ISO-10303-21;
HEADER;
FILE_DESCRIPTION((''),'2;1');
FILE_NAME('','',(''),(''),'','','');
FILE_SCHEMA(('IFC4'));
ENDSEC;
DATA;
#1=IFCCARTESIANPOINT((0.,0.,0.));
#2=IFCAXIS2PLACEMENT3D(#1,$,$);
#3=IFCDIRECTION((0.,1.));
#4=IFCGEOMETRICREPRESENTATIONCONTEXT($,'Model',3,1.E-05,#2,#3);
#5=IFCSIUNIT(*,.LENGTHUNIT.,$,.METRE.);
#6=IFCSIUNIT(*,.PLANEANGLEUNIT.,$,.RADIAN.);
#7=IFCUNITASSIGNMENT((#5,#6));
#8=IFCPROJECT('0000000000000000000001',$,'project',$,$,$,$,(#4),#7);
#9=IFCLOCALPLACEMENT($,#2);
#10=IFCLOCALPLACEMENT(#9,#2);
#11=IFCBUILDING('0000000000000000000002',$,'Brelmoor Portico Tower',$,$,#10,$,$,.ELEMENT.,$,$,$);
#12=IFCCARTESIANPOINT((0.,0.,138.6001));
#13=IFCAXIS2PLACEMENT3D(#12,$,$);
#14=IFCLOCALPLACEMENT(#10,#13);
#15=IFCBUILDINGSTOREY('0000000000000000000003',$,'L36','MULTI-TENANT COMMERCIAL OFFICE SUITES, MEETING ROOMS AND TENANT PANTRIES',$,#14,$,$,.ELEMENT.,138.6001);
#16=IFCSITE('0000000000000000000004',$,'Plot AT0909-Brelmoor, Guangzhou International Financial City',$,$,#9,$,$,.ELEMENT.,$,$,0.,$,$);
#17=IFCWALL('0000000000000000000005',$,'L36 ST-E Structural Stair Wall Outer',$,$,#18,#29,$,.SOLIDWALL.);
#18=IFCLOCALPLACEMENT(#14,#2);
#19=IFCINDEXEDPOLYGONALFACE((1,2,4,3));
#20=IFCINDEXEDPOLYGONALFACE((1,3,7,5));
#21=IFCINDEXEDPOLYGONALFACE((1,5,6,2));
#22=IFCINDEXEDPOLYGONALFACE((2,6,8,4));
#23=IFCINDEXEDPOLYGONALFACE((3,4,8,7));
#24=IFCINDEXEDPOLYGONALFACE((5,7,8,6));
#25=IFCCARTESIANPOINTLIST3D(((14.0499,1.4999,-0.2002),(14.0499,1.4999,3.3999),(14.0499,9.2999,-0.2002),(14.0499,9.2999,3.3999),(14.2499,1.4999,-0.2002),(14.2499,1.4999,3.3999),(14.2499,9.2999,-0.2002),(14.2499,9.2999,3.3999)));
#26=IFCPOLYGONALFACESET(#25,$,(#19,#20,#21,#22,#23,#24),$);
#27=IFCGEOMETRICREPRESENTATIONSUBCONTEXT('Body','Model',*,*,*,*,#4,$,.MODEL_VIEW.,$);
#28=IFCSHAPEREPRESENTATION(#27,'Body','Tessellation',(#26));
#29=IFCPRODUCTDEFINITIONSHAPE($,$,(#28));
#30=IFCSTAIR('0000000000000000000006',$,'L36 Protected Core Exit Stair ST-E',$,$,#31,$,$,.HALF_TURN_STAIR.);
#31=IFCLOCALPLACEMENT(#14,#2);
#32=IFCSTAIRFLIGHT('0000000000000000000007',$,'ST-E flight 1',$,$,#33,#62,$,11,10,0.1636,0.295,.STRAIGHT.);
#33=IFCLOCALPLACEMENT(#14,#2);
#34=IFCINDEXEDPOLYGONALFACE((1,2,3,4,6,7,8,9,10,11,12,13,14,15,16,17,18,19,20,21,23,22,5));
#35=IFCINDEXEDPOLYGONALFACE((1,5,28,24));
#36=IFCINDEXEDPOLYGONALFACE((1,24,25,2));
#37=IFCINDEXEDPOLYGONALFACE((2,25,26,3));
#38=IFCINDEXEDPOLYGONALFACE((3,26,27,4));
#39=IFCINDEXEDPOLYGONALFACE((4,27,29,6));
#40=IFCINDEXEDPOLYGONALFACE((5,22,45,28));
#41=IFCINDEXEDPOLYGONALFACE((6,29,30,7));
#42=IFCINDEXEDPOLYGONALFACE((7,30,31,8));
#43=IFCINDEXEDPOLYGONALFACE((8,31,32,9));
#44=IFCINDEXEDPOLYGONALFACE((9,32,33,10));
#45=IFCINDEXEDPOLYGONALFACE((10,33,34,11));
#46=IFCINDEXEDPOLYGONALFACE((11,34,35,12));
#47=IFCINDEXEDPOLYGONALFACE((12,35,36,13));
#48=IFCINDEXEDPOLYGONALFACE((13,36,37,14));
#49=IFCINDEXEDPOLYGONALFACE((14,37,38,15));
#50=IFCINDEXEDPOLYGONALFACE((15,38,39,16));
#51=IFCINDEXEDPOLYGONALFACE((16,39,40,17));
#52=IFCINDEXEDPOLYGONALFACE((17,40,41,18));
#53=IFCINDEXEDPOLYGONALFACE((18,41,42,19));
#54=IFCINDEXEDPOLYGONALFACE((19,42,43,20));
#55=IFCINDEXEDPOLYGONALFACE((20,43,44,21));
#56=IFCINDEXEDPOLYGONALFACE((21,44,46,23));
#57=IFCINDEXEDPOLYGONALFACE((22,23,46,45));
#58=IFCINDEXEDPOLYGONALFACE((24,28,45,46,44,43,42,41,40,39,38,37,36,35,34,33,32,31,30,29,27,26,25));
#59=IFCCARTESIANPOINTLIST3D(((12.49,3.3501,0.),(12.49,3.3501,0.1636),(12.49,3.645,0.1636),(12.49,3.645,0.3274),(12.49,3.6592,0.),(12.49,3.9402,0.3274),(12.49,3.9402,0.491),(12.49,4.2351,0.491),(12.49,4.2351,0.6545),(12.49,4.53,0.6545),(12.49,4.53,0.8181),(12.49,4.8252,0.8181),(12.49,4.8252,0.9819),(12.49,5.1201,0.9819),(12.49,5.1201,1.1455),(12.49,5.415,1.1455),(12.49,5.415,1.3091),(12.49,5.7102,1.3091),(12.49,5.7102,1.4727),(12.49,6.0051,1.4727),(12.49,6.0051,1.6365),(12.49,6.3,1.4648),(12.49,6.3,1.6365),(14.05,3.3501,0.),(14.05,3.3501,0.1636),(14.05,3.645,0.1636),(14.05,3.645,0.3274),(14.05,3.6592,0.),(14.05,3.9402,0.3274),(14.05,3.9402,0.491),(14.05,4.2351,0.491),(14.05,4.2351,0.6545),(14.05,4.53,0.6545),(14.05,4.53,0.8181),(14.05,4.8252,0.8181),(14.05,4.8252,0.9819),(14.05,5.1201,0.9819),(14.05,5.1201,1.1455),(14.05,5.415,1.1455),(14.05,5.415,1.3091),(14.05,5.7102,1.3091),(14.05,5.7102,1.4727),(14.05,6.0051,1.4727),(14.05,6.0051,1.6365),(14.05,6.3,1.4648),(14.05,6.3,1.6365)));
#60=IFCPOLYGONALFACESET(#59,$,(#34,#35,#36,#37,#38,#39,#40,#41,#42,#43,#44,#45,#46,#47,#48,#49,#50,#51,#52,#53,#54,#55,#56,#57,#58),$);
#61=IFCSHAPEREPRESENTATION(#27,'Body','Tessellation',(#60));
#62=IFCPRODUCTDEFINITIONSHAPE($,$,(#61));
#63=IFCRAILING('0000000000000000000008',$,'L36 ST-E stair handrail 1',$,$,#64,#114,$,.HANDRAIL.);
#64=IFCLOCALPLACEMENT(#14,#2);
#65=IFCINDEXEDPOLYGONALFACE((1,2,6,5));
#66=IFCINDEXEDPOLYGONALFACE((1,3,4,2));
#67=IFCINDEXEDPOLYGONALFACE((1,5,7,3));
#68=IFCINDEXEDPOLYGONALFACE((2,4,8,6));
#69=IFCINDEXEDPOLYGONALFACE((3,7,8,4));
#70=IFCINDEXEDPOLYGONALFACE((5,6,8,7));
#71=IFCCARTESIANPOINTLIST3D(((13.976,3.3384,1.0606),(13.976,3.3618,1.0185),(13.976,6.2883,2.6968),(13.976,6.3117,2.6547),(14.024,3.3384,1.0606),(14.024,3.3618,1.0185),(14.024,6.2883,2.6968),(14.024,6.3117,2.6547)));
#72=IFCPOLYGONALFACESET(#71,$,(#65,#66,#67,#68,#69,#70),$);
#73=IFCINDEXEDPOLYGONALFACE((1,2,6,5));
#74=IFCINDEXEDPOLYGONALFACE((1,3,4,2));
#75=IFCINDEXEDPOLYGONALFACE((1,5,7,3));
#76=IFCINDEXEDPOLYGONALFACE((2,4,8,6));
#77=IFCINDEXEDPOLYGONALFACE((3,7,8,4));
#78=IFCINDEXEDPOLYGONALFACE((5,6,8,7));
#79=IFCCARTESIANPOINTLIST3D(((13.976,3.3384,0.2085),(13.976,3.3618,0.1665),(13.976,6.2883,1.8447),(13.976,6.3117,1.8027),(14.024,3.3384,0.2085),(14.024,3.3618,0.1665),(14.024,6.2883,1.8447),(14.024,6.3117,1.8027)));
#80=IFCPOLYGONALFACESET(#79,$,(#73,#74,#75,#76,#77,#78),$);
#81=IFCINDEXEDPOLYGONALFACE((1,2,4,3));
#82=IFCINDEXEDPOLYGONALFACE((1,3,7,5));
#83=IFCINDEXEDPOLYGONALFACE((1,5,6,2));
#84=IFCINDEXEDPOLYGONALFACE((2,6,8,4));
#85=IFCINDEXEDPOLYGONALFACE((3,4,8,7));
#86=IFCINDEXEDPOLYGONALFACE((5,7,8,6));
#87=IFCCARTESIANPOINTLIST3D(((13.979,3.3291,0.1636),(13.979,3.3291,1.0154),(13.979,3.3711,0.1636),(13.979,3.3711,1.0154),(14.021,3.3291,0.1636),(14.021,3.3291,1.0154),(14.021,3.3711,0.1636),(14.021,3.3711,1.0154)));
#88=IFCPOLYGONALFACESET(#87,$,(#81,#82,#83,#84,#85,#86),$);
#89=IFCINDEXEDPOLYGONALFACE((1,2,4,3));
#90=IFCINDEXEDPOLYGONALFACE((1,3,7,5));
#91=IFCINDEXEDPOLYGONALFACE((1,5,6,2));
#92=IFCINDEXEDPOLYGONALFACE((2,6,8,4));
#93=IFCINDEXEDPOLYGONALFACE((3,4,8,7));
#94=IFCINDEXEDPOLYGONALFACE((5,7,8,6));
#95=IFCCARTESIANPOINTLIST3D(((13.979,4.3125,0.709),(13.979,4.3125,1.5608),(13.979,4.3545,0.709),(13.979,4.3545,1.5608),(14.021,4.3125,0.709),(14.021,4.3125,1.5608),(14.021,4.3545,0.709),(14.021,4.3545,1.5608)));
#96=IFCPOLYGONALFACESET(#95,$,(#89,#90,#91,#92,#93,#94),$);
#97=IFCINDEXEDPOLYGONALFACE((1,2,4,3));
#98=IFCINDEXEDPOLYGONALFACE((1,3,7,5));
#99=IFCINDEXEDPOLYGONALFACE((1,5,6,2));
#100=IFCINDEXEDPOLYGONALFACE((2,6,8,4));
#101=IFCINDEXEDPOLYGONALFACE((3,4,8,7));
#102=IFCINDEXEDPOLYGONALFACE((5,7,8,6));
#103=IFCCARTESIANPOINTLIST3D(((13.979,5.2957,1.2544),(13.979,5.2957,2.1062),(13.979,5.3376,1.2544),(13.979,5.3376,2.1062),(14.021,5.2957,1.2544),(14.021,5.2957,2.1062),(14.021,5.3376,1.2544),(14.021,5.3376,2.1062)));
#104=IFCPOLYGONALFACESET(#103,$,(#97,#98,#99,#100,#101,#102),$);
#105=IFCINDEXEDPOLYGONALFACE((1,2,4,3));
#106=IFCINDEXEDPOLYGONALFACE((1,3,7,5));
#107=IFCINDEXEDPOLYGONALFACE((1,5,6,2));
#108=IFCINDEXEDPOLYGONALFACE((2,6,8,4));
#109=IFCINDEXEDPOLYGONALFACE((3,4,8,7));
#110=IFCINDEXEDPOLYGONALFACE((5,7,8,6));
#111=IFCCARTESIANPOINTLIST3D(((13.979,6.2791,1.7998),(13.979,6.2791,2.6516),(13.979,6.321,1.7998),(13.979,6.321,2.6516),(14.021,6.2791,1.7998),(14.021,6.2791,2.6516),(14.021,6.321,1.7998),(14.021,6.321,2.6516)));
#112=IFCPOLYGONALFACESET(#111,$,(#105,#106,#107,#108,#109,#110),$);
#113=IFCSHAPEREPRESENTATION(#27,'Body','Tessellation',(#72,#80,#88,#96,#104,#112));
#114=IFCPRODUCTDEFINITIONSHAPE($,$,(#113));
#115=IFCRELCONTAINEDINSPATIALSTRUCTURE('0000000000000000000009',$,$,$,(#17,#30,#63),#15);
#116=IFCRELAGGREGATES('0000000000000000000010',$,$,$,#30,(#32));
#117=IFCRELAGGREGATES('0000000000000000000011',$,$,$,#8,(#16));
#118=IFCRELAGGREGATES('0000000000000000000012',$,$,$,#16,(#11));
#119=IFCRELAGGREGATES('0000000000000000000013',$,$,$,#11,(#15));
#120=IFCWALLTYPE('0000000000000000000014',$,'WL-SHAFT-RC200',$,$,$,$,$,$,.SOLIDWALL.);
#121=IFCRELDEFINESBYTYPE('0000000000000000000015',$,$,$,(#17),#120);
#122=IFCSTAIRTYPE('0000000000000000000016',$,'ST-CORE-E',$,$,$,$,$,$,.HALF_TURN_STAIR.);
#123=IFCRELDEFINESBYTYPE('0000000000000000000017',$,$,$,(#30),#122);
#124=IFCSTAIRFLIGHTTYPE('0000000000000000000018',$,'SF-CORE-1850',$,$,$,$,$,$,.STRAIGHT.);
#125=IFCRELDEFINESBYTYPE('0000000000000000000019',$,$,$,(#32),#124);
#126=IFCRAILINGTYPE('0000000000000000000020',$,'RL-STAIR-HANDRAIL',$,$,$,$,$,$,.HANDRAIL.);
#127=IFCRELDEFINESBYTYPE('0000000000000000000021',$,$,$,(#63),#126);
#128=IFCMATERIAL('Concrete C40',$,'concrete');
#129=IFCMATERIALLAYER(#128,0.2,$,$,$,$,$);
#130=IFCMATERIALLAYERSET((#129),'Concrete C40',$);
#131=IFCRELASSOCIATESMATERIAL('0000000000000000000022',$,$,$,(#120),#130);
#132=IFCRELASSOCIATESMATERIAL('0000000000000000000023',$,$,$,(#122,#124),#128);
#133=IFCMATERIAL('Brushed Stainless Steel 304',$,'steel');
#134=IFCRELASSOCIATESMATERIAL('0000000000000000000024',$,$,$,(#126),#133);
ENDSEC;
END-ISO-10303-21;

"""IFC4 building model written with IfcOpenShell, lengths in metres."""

from ifc_helpers import new_model, si_unit, direction, frame, frame_2d, origin, origin_2d, place, context, subcontext, project, spatial, polyline, rectangle, outline, extrude, material, layer, layer_set, type_object, element, aggregate, save


model = new_model("IFC4")

# Units and contexts
model_context = context("Model", 3, precision=1e-05, world=origin(), true_north=direction((0.0, 1.0)))
body_context = subcontext(model_context, "Body", "Model", "MODEL_VIEW")
ifc_project = project(units=[si_unit("LENGTHUNIT", "METRE"), si_unit("PLANEANGLEUNIT", "RADIAN")], contexts=[model_context])

# Site, building, storey
site_placement = place(None, origin())
site = spatial("IfcSite", under=ifc_project, at=site_placement, Name="Plot AT0909-Brelmoor, Guangzhou International Financial City", CompositionType="ELEMENT", RefElevation=0.0)
building_placement = place(site_placement, origin())
building = spatial("IfcBuilding", under=site, at=building_placement, Name="Brelmoor Portico Tower", CompositionType="ELEMENT")
storey_placement = place(building_placement, frame((0.0, 0.0, 138.6001)))
storey = spatial("IfcBuildingStorey", under=building, at=storey_placement, Name="L36", Description="MULTI-TENANT COMMERCIAL OFFICE SUITES, MEETING ROOMS AND TENANT PANTRIES", CompositionType="ELEMENT", Elevation=138.6001)

# Wall
ifc_material_1 = material(Name="Concrete C40", Category="concrete")
ifc_layer_1 = layer(ifc_material_1, 0.2)
ifc_layer_set_1 = layer_set([ifc_layer_1], Name="Concrete C40")
wall_type_1 = type_object("IfcWallType", Name="WL-SHAFT-RC200", PredefinedType="SOLIDWALL", material=ifc_layer_set_1)
wall_1_placement = place(storey_placement, frame((14.1499, 1.5, -0.2002), z_axis=(0.0, 0.0, 1.0), x_axis=(0.0, 1.0, 0.0)))
element("IfcWall", 1, at=wall_1_placement, inside=storey, type_object=wall_type_1, Name="L36 ST-E Structural Stair Wall Outer", PredefinedType="SOLIDWALL", context=body_context, shape_type="SweptSolid", body=[
    extrude(rectangle(XDim=7.8, YDim=0.2, at=frame_2d((3.8999, 0.0))), origin(), (0.0, 0.0, 1.0), 3.6001),
])

# Stair, stair flight
stair_type = type_object("IfcStairType", Name="ST-CORE-E", PredefinedType="HALF_TURN_STAIR", material=ifc_material_1)
stair_placement = place(storey_placement, origin())
stair = element("IfcStair", 2, at=stair_placement, inside=storey, type_object=stair_type, Name="L36 Protected Core Exit Stair ST-E", PredefinedType="HALF_TURN_STAIR")
stair_flight_type = type_object("IfcStairFlightType", Name="SF-CORE-1850", PredefinedType="STRAIGHT", material=ifc_material_1)
stair_flight_placement = place(storey_placement, frame((13.27, 3.3501, 0.0), z_axis=(0.0, 0.0, 1.0), x_axis=(0.0, 1.0, 0.0)))
stair_flight = element("IfcStairFlight", 3, at=stair_flight_placement, type_object=stair_flight_type, Name="ST-E flight 1", NumberOfRisers=11, NumberOfTreads=10, PredefinedType="STRAIGHT", RiserHeight=0.1636, TreadLength=0.295, context=body_context, shape_type="SweptSolid", body=[
    extrude(outline(polyline([(0.0, 0.0), (0.0, 0.1636), (0.2949, 0.1636), (0.2949, 0.3274), (0.5901, 0.3274), (0.5901, 0.491), (0.885, 0.491), (0.885, 0.6545), (1.1799, 0.6545), (1.1799, 0.8181), (1.4751, 0.8181), (1.4751, 0.9819), (1.77, 0.9819), (1.77, 1.1455), (2.0649, 1.1455), (2.0649, 1.3091), (2.3601, 1.3091), (2.3601, 1.4727), (2.655, 1.4727), (2.655, 1.6365), (2.95, 1.6365), (2.95, 1.8), (2.95, 1.4648), (0.3091, 0.0), (0.0, 0.0)])), frame((0.0, 0.78, 0.0), z_axis=(0.0, -1.0, 0.0), x_axis=(1.0, 0.0, 0.0)), (0.0, 0.0, 1.0), 1.5601),
])
aggregate(stair, [stair_flight])

# Railing
ifc_material_2 = material(Name="Brushed Stainless Steel 304", Category="steel")
railing_type = type_object("IfcRailingType", Name="RL-STAIR-HANDRAIL", PredefinedType="HANDRAIL", material=ifc_material_2)
railing_placement = place(storey_placement, frame((14.0, 3.3501, 0.1636)))
element("IfcRailing", 4, at=railing_placement, inside=storey, type_object=railing_type, Name="L36 ST-E stair handrail 1", PredefinedType="HANDRAIL", context=body_context, shape_type="SweptSolid", body=[
    extrude(rectangle(XDim=0.0481, YDim=0.0481, at=origin_2d()), frame((0.0, 0.0, 0.876), z_axis=(0.0, 0.874488, 0.485047), x_axis=(-1.0, 0.0, 0.0)), (0.0, 0.0, 1.0), 3.3733),
    extrude(rectangle(XDim=0.0481, YDim=0.0481, at=origin_2d()), frame((0.0, 0.0, 0.0239), z_axis=(0.0, 0.874488, 0.485047), x_axis=(-1.0, 0.0, 0.0)), (0.0, 0.0, 1.0), 3.3733),
    extrude(rectangle(XDim=0.042, YDim=0.042, at=origin_2d()), origin(), (0.0, 0.0, 1.0), 0.8518),
    extrude(rectangle(XDim=0.042, YDim=0.042, at=origin_2d()), frame((0.0, 0.9834, 0.5454)), (0.0, 0.0, 1.0), 0.8518),
    extrude(rectangle(XDim=0.042, YDim=0.042, at=origin_2d()), frame((0.0, 1.9666, 1.0908)), (0.0, 0.0, 1.0), 0.8518),
    extrude(rectangle(XDim=0.042, YDim=0.042, at=origin_2d()), frame((0.0, 2.95, 1.6362)), (0.0, 0.0, 1.0), 0.8518),
])

save(model, "model.ifc")
